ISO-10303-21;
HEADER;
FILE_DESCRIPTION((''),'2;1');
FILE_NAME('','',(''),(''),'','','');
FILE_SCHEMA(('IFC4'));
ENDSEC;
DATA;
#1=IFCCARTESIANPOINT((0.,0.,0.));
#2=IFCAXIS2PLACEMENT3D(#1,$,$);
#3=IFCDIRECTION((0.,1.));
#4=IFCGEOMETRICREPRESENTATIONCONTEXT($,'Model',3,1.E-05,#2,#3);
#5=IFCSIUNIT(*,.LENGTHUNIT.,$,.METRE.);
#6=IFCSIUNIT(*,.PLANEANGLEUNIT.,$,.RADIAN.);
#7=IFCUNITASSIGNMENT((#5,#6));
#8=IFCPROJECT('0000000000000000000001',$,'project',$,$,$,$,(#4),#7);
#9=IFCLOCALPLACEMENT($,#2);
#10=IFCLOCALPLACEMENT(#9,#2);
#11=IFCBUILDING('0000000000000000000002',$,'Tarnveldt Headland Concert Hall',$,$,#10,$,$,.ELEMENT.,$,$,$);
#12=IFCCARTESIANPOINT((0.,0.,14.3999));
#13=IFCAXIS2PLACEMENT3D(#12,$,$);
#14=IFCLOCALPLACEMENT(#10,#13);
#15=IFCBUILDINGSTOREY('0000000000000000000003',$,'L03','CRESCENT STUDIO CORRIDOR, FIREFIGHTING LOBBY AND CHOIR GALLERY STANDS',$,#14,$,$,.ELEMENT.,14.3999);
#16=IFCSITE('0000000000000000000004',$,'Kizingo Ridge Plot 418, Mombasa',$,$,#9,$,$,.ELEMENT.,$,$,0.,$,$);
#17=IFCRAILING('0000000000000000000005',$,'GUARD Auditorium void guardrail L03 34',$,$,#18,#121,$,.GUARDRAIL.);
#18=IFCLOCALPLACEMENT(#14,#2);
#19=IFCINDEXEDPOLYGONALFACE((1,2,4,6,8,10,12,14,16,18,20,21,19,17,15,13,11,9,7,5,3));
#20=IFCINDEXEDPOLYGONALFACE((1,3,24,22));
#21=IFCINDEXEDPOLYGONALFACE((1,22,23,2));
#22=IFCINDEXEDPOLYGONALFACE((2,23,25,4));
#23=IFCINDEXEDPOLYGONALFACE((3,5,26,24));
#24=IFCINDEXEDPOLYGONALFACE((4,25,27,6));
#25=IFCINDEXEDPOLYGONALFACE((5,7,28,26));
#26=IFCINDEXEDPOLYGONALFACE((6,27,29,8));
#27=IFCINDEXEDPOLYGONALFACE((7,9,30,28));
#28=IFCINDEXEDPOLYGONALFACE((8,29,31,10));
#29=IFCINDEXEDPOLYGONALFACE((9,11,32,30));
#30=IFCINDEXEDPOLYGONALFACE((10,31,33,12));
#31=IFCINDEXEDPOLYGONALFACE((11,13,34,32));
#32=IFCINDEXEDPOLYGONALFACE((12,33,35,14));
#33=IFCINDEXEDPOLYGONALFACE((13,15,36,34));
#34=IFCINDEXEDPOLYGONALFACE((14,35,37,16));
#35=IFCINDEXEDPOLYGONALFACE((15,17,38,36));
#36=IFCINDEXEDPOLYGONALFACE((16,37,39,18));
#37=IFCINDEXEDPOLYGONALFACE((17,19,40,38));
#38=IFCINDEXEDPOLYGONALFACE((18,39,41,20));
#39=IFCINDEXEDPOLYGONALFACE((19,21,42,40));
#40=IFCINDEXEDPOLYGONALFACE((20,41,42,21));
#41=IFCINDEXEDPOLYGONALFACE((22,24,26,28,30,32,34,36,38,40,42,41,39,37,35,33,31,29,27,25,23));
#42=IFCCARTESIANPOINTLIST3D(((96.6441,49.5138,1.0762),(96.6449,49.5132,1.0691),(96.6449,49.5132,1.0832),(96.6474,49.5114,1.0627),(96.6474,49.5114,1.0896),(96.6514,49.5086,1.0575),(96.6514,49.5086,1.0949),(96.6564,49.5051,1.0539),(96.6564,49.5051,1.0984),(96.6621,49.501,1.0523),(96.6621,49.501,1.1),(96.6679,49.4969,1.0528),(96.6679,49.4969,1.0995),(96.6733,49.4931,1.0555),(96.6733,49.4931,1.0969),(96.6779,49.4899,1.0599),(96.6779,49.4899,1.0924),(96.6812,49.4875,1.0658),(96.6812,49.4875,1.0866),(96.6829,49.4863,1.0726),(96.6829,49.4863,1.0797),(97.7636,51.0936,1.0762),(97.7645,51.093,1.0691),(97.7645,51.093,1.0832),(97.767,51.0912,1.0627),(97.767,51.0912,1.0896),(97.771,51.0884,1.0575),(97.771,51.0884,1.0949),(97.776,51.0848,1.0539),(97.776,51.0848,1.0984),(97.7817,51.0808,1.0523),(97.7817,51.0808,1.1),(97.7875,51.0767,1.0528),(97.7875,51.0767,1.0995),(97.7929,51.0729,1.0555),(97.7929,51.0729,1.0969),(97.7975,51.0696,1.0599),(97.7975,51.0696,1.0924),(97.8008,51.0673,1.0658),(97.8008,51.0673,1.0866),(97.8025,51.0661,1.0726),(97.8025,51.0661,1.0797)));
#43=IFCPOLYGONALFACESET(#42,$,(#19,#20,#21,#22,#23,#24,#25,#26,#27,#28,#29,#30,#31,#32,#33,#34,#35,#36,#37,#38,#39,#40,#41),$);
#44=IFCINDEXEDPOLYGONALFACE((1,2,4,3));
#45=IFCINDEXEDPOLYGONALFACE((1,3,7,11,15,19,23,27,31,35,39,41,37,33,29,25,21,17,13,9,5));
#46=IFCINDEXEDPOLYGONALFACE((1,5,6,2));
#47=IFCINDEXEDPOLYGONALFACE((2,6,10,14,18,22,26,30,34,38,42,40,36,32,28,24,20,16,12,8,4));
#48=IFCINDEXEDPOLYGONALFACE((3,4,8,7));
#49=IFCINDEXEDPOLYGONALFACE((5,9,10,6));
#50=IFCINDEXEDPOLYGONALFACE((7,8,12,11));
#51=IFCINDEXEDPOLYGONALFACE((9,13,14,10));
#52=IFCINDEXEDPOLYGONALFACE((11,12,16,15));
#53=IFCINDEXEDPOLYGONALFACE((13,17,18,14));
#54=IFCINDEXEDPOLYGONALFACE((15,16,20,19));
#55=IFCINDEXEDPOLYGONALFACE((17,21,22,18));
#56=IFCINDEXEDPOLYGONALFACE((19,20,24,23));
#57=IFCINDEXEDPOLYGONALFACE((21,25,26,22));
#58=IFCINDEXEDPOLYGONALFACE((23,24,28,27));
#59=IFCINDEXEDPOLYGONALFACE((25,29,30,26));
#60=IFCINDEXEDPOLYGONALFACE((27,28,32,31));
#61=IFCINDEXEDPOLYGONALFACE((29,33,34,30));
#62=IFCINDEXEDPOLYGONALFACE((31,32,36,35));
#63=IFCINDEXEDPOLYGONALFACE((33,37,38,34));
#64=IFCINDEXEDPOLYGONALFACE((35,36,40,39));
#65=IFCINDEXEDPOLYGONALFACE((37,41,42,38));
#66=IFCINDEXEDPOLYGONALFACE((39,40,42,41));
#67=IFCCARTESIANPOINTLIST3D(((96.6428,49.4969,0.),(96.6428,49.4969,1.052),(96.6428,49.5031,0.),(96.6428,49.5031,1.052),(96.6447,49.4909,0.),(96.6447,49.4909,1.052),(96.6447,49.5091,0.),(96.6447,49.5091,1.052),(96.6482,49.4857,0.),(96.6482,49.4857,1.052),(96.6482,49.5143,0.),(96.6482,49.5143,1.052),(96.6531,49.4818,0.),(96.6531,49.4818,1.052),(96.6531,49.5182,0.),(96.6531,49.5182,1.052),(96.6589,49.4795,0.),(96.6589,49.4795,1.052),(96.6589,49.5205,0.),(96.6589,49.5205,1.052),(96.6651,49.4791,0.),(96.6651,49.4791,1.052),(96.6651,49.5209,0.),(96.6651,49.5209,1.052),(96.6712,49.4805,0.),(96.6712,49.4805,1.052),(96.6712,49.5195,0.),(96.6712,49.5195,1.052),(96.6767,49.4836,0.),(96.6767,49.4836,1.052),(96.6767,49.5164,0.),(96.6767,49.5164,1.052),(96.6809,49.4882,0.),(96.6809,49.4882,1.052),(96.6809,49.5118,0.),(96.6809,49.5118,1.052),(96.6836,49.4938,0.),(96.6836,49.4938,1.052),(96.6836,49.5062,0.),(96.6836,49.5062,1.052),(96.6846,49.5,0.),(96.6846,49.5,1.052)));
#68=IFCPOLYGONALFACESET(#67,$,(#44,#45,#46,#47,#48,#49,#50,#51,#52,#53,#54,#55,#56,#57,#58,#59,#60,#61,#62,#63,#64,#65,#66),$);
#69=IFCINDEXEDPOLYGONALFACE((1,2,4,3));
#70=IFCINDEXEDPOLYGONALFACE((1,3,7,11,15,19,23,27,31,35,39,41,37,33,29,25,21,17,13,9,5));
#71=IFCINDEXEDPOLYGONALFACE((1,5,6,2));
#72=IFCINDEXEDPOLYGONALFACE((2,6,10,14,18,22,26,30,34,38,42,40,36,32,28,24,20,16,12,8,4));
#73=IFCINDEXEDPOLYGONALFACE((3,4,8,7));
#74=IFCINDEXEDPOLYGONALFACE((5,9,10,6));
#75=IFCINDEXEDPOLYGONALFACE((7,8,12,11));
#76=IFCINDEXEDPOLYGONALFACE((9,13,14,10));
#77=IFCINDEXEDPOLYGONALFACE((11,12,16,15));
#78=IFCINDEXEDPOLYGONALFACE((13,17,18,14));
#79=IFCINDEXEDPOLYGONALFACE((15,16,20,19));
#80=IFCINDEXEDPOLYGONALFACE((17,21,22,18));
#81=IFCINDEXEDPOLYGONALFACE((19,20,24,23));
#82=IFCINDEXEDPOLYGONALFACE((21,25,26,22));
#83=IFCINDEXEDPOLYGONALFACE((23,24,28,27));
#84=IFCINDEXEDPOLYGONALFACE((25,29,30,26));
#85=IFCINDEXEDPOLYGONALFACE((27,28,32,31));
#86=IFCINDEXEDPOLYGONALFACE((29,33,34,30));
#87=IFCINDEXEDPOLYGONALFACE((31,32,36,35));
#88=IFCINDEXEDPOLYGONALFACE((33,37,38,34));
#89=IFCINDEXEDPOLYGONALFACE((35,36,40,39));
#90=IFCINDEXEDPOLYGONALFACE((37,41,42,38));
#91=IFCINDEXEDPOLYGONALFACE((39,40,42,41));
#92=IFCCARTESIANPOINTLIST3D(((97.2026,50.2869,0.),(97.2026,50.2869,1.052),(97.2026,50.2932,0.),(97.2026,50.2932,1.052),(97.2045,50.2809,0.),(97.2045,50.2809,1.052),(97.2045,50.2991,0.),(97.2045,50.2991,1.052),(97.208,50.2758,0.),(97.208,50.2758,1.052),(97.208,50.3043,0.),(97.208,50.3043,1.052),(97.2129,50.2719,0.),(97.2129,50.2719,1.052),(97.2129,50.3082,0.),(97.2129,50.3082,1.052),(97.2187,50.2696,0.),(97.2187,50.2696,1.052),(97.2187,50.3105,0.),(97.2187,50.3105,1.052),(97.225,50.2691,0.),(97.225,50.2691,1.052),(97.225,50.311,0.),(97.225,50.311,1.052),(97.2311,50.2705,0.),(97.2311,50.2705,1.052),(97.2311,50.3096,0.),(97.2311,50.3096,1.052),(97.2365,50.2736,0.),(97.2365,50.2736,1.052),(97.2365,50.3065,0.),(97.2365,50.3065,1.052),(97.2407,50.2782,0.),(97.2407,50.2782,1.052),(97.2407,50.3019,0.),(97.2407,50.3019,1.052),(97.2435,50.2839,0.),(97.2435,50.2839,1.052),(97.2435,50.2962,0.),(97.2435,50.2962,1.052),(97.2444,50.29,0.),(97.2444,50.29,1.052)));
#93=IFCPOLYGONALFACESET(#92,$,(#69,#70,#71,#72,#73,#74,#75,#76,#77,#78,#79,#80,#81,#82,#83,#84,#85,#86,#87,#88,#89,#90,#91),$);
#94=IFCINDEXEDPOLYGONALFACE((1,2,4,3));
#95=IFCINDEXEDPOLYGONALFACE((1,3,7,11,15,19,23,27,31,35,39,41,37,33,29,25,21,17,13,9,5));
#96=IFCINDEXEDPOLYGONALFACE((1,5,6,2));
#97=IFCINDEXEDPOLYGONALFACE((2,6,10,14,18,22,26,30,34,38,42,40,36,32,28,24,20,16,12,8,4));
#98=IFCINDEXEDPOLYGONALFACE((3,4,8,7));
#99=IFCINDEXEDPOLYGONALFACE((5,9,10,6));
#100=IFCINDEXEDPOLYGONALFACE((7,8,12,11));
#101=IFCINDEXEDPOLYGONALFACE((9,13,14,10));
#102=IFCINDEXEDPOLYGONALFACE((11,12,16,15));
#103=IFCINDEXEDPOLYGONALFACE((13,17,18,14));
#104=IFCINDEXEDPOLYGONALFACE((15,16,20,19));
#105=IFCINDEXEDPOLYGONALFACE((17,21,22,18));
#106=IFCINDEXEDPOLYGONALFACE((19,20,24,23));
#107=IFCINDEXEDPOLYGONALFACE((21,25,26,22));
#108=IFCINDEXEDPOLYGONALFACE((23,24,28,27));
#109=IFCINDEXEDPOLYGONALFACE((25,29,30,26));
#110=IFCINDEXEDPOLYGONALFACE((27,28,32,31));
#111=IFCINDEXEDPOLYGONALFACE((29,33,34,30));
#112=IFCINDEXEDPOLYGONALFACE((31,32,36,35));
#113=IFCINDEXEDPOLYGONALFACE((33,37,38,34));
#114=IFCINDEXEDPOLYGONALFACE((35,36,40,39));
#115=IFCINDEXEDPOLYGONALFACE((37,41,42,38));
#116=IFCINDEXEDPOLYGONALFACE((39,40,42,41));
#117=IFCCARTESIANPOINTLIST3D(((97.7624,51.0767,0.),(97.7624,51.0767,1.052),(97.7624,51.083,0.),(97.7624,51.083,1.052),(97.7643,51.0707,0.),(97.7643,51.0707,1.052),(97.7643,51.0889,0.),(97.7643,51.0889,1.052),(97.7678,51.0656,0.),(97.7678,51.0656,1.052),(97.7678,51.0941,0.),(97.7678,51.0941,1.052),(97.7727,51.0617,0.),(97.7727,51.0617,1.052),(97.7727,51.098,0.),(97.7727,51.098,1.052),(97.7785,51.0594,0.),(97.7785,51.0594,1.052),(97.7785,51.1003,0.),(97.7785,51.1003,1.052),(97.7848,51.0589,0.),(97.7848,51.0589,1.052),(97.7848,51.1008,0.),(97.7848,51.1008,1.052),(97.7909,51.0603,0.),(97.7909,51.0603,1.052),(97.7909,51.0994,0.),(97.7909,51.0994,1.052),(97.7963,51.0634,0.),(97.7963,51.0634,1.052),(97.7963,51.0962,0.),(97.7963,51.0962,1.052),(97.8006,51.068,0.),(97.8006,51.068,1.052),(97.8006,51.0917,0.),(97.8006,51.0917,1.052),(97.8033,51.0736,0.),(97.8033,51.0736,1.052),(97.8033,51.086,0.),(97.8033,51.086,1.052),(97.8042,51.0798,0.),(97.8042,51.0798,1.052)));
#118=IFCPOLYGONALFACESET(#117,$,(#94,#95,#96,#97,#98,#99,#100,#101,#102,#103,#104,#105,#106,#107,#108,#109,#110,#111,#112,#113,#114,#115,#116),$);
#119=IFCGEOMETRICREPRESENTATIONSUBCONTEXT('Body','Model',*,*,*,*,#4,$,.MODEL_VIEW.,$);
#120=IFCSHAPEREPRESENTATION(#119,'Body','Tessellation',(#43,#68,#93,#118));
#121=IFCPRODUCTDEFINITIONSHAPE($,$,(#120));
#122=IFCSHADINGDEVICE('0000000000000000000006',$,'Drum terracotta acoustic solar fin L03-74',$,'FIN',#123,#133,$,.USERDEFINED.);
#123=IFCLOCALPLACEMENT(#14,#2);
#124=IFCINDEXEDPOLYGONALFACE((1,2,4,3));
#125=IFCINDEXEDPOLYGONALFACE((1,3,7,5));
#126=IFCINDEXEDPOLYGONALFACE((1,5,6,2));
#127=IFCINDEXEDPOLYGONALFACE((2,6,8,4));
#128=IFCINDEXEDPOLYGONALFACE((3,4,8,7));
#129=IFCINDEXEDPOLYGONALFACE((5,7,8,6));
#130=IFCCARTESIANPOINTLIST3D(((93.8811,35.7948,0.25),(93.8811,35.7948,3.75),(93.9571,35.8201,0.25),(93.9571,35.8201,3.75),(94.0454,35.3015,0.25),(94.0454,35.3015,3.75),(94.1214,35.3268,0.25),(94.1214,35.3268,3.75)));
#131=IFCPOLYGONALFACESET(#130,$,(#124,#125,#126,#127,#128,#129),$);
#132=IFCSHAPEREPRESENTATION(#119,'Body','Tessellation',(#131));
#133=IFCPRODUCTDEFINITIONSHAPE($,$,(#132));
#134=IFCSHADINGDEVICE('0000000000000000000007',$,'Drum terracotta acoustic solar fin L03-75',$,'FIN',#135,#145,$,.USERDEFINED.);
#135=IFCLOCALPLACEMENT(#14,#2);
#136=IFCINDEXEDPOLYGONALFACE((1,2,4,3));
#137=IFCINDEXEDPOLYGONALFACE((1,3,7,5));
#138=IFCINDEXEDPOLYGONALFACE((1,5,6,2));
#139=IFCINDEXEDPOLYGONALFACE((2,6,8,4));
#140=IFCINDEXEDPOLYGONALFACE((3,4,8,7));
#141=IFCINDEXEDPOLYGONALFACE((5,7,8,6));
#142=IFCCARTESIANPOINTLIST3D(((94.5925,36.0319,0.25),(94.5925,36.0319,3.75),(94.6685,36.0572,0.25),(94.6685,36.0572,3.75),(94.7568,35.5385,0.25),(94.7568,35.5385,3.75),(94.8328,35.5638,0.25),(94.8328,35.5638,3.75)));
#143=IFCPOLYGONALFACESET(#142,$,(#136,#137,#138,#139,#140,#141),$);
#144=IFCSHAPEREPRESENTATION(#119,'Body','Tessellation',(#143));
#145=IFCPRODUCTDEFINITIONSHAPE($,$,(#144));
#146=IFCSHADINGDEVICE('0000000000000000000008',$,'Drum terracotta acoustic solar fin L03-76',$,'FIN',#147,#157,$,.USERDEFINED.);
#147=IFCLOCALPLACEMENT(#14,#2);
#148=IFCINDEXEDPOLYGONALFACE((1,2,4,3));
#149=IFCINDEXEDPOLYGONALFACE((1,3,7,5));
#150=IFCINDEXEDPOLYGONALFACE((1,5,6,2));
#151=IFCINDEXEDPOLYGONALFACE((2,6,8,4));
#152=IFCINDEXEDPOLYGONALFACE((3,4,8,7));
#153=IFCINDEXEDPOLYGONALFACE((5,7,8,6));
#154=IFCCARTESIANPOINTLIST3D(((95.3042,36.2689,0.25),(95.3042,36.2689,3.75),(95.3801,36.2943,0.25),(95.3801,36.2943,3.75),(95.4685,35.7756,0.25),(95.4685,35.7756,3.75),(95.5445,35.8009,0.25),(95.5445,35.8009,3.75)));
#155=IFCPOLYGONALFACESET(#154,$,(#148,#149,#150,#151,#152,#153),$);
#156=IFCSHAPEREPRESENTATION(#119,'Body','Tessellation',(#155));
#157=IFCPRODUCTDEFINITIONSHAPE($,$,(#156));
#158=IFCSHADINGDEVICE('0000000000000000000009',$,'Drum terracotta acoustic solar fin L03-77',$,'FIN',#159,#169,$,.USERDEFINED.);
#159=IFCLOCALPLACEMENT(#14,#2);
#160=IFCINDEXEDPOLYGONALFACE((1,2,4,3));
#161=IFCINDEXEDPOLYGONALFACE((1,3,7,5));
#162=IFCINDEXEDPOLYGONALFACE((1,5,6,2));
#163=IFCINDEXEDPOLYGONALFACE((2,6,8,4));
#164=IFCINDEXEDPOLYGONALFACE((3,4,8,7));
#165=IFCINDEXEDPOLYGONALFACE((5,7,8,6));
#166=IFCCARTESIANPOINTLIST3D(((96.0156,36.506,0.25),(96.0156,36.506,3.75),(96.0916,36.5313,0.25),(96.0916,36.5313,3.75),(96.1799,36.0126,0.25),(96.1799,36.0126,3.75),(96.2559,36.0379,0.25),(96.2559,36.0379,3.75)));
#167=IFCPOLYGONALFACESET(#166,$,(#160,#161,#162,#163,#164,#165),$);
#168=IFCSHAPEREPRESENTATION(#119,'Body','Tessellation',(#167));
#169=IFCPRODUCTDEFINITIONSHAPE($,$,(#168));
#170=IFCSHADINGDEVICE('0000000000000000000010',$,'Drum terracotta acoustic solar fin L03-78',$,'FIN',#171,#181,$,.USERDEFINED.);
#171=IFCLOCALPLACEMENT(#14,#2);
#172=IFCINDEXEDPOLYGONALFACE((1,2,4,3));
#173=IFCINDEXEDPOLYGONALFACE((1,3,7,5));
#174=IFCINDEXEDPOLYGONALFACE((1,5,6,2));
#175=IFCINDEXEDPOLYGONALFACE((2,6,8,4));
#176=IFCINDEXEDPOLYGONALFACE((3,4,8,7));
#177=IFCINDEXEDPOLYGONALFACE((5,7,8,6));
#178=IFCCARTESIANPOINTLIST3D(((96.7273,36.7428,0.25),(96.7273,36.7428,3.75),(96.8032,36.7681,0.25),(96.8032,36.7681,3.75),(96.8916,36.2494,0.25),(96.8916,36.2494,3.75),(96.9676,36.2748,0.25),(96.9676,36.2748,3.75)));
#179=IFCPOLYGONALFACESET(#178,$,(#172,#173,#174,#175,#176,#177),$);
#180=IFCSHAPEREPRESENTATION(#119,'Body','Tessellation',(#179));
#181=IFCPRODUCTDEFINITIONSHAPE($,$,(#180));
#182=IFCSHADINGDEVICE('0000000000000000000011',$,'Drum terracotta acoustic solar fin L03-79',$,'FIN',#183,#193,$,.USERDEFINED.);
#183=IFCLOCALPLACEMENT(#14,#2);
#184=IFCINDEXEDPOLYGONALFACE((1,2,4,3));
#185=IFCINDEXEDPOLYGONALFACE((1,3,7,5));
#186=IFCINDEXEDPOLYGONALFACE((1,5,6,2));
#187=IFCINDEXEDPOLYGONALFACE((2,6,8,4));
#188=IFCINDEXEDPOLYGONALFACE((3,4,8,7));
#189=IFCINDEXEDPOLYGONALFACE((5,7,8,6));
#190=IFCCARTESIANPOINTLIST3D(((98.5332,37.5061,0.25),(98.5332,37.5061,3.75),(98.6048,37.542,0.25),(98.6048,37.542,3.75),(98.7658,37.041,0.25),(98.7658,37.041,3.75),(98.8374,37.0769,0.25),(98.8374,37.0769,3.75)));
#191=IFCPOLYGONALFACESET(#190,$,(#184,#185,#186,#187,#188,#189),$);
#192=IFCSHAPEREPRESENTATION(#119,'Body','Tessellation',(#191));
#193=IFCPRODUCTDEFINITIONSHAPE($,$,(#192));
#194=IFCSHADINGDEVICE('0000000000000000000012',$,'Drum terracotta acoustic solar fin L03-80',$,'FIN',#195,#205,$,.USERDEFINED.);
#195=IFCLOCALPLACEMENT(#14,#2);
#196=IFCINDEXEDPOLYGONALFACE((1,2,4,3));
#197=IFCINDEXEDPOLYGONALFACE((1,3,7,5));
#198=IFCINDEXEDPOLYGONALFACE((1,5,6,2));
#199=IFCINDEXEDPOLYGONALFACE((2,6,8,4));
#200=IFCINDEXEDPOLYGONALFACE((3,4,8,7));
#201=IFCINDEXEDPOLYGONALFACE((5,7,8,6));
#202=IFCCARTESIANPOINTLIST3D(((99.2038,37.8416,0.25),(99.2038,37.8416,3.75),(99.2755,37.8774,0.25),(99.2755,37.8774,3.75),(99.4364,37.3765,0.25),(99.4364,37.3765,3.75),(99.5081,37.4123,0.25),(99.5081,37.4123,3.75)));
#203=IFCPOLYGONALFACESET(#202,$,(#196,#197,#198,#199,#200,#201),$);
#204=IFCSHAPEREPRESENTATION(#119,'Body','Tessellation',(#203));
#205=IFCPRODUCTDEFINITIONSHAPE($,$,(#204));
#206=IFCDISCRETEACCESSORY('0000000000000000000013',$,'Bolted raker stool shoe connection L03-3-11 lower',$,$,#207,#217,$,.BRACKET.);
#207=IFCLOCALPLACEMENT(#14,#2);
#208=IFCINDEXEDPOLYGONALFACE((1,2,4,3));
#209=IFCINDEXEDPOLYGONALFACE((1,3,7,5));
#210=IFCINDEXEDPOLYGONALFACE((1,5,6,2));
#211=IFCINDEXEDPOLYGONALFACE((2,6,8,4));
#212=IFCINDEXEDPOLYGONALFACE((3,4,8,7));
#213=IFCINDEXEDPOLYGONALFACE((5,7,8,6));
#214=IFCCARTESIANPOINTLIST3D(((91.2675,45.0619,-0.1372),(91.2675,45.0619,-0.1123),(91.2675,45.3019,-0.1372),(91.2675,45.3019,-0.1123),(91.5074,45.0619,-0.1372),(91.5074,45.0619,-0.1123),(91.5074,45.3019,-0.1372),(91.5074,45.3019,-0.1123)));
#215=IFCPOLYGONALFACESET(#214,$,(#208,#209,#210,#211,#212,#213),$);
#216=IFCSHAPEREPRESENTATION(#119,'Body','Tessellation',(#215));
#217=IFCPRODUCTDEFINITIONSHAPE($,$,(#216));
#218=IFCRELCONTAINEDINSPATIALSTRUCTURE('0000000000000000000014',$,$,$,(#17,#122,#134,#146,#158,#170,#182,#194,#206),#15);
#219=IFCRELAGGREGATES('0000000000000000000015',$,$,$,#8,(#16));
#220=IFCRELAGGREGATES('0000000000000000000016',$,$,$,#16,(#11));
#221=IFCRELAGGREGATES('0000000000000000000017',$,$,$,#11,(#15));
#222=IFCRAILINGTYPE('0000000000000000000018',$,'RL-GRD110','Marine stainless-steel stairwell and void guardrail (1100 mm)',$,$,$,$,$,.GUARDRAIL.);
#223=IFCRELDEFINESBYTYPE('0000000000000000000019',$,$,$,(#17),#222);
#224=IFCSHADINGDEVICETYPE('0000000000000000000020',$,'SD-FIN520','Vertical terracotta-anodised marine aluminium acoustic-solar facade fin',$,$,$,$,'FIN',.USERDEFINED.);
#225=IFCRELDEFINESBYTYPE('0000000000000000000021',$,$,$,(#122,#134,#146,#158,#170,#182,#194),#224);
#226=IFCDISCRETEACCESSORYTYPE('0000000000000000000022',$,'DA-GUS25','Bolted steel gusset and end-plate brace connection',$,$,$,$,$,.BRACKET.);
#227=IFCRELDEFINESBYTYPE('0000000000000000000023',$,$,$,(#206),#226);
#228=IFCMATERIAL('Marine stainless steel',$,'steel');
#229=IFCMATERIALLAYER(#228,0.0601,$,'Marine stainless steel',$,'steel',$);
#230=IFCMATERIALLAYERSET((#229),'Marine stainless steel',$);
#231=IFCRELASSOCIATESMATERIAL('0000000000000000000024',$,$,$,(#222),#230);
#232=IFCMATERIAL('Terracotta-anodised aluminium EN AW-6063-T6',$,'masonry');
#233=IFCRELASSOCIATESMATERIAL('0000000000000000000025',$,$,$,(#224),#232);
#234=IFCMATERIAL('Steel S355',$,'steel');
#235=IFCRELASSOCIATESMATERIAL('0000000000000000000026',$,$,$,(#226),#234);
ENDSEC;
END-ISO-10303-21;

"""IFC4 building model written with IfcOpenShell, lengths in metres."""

from ifc_helpers import new_model, si_unit, direction, frame, origin, origin_2d, place, context, subcontext, project, spatial, rectangle, circle, extrude, material, layer, layer_set, type_object, element, save


model = new_model("IFC4")

# Units and contexts
model_context = context("Model", 3, precision=1e-05, world=origin(), true_north=direction((0.0, 1.0)))
body_context = subcontext(model_context, "Body", "Model", "MODEL_VIEW")
ifc_project = project(units=[si_unit("LENGTHUNIT", "METRE"), si_unit("PLANEANGLEUNIT", "RADIAN")], contexts=[model_context])

# Site, building, storey
site_placement = place(None, origin())
site = spatial("IfcSite", under=ifc_project, at=site_placement, Name="Kizingo Ridge Plot 418, Mombasa", CompositionType="ELEMENT", RefElevation=0.0)
building_placement = place(site_placement, origin())
building = spatial("IfcBuilding", under=site, at=building_placement, Name="Tarnveldt Headland Concert Hall", CompositionType="ELEMENT")
storey_placement = place(building_placement, frame((0.0, 0.0, 14.3999)))
storey = spatial("IfcBuildingStorey", under=building, at=storey_placement, Name="L03", Description="CRESCENT STUDIO CORRIDOR, FIREFIGHTING LOBBY AND CHOIR GALLERY STANDS", CompositionType="ELEMENT", Elevation=14.3999)

# Shared definitions
ifc_material_1 = material(Name="Steel S355", Category="steel")

# Railing
ifc_material_2 = material(Name="Marine stainless steel", Category="steel")
ifc_layer_1 = layer(ifc_material_2, 0.0601, Name="Marine stainless steel", Category="steel")
ifc_layer_set_1 = layer_set([ifc_layer_1], Name="Marine stainless steel")
railing_type_1 = type_object("IfcRailingType", Name="RL-GRD110", Description="Marine stainless-steel stairwell and void guardrail (1100 mm)", PredefinedType="GUARDRAIL", material=ifc_layer_set_1)
railing_1_placement = place(storey_placement, frame((96.6636, 49.5, 0.0)))
element("IfcRailing", 1, at=railing_1_placement, inside=storey, type_object=railing_type_1, Name="GUARD Auditorium void guardrail L03 34", PredefinedType="GUARDRAIL", context=body_context, shape_type="SweptSolid", body=[
    extrude(circle(Radius=0.0239, at=origin_2d()), frame((0.0, 0.0, 1.0762), z_axis=(0.578217, 0.815883, 0.0), x_axis=(-0.815883, 0.578217, 0.0)), (0.0, 0.0, 1.0), 1.9363),
    extrude(circle(Radius=0.021, at=origin_2d()), origin(), (0.0, 0.0, 1.0), 1.052),
    extrude(circle(Radius=0.021, at=origin_2d()), frame((0.5598, 0.79, 0.0)), (0.0, 0.0, 1.0), 1.052),
    extrude(circle(Radius=0.021, at=origin_2d()), frame((1.1196, 1.5798, 0.0)), (0.0, 0.0, 1.0), 1.052),
])

# Shading devices
ifc_material_3 = material(Name="Terracotta-anodised aluminium EN AW-6063-T6", Category="masonry")
shading_device_type = type_object("IfcShadingDeviceType", Name="SD-FIN520", Description="Vertical terracotta-anodised marine aluminium acoustic-solar facade fin", ElementType="FIN", PredefinedType="USERDEFINED", material=ifc_material_3)
for number, where, z_axis, x_axis, name in (
    (2, (94.0012, 35.5608, 0.25), (0.0, 0.0, 1.0), (0.31598, -0.948766, 0.0), "Drum terracotta acoustic solar fin L03-74"),
    (3, (94.7126, 35.7979, 0.25), (0.0, 0.0, 1.0), (0.31598, -0.948766, 0.0), "Drum terracotta acoustic solar fin L03-75"),
    (4, (95.4243, 36.0349, 0.25), (0.0, 0.0, 1.0), (0.31598, -0.948766, 0.0), "Drum terracotta acoustic solar fin L03-76"),
    (5, (96.1357, 36.272, 0.25), (0.0, 0.0, 1.0), (0.31598, -0.948766, 0.0), "Drum terracotta acoustic solar fin L03-77"),
    (6, (96.8474, 36.5088, 0.25), (0.0, 0.0, 1.0), (0.31598, -0.948766, 0.0), "Drum terracotta acoustic solar fin L03-78"),
    (7, (98.6853, 37.2915, 0.25), (0.0, 0.0, 1.0), (0.447291, -0.894389, 0.0), "Drum terracotta acoustic solar fin L03-79"),
    (8, (99.356, 37.627, 0.25), (0.0, 0.0, 1.0), (0.447291, -0.894389, 0.0), "Drum terracotta acoustic solar fin L03-80"),
):
    element("IfcShadingDevice", number, at=place(storey_placement, frame(where, z_axis=z_axis, x_axis=x_axis)), inside=storey, type_object=shading_device_type, Name=name, ObjectType="FIN", PredefinedType="USERDEFINED", context=body_context, shape_type="SweptSolid", body=[
        extrude(rectangle(XDim=0.52, YDim=0.0801, at=origin_2d()), origin(), (0.0, 0.0, 1.0), 3.5),
    ])

# Discrete accessory
discrete_accessory_type = type_object("IfcDiscreteAccessoryType", Name="DA-GUS25", Description="Bolted steel gusset and end-plate brace connection", PredefinedType="BRACKET", material=ifc_material_1)
for number, where, z_axis, x_axis, name in (
    (9, (91.3875, 45.1819, -0.1372), (0.0, 0.0, 1.0), (1.0, 0.0, 0.0), "Bolted raker stool shoe connection L03-3-11 lower"),
):
    element("IfcDiscreteAccessory", number, at=place(storey_placement, frame(where, z_axis=z_axis, x_axis=x_axis)), inside=storey, type_object=discrete_accessory_type, Name=name, PredefinedType="BRACKET", context=body_context, shape_type="SweptSolid", body=[
        extrude(rectangle(XDim=0.24, YDim=0.24, at=origin_2d()), origin(), (0.0, 0.0, 1.0), 0.0249),
    ])

save(model, "model.ifc")
